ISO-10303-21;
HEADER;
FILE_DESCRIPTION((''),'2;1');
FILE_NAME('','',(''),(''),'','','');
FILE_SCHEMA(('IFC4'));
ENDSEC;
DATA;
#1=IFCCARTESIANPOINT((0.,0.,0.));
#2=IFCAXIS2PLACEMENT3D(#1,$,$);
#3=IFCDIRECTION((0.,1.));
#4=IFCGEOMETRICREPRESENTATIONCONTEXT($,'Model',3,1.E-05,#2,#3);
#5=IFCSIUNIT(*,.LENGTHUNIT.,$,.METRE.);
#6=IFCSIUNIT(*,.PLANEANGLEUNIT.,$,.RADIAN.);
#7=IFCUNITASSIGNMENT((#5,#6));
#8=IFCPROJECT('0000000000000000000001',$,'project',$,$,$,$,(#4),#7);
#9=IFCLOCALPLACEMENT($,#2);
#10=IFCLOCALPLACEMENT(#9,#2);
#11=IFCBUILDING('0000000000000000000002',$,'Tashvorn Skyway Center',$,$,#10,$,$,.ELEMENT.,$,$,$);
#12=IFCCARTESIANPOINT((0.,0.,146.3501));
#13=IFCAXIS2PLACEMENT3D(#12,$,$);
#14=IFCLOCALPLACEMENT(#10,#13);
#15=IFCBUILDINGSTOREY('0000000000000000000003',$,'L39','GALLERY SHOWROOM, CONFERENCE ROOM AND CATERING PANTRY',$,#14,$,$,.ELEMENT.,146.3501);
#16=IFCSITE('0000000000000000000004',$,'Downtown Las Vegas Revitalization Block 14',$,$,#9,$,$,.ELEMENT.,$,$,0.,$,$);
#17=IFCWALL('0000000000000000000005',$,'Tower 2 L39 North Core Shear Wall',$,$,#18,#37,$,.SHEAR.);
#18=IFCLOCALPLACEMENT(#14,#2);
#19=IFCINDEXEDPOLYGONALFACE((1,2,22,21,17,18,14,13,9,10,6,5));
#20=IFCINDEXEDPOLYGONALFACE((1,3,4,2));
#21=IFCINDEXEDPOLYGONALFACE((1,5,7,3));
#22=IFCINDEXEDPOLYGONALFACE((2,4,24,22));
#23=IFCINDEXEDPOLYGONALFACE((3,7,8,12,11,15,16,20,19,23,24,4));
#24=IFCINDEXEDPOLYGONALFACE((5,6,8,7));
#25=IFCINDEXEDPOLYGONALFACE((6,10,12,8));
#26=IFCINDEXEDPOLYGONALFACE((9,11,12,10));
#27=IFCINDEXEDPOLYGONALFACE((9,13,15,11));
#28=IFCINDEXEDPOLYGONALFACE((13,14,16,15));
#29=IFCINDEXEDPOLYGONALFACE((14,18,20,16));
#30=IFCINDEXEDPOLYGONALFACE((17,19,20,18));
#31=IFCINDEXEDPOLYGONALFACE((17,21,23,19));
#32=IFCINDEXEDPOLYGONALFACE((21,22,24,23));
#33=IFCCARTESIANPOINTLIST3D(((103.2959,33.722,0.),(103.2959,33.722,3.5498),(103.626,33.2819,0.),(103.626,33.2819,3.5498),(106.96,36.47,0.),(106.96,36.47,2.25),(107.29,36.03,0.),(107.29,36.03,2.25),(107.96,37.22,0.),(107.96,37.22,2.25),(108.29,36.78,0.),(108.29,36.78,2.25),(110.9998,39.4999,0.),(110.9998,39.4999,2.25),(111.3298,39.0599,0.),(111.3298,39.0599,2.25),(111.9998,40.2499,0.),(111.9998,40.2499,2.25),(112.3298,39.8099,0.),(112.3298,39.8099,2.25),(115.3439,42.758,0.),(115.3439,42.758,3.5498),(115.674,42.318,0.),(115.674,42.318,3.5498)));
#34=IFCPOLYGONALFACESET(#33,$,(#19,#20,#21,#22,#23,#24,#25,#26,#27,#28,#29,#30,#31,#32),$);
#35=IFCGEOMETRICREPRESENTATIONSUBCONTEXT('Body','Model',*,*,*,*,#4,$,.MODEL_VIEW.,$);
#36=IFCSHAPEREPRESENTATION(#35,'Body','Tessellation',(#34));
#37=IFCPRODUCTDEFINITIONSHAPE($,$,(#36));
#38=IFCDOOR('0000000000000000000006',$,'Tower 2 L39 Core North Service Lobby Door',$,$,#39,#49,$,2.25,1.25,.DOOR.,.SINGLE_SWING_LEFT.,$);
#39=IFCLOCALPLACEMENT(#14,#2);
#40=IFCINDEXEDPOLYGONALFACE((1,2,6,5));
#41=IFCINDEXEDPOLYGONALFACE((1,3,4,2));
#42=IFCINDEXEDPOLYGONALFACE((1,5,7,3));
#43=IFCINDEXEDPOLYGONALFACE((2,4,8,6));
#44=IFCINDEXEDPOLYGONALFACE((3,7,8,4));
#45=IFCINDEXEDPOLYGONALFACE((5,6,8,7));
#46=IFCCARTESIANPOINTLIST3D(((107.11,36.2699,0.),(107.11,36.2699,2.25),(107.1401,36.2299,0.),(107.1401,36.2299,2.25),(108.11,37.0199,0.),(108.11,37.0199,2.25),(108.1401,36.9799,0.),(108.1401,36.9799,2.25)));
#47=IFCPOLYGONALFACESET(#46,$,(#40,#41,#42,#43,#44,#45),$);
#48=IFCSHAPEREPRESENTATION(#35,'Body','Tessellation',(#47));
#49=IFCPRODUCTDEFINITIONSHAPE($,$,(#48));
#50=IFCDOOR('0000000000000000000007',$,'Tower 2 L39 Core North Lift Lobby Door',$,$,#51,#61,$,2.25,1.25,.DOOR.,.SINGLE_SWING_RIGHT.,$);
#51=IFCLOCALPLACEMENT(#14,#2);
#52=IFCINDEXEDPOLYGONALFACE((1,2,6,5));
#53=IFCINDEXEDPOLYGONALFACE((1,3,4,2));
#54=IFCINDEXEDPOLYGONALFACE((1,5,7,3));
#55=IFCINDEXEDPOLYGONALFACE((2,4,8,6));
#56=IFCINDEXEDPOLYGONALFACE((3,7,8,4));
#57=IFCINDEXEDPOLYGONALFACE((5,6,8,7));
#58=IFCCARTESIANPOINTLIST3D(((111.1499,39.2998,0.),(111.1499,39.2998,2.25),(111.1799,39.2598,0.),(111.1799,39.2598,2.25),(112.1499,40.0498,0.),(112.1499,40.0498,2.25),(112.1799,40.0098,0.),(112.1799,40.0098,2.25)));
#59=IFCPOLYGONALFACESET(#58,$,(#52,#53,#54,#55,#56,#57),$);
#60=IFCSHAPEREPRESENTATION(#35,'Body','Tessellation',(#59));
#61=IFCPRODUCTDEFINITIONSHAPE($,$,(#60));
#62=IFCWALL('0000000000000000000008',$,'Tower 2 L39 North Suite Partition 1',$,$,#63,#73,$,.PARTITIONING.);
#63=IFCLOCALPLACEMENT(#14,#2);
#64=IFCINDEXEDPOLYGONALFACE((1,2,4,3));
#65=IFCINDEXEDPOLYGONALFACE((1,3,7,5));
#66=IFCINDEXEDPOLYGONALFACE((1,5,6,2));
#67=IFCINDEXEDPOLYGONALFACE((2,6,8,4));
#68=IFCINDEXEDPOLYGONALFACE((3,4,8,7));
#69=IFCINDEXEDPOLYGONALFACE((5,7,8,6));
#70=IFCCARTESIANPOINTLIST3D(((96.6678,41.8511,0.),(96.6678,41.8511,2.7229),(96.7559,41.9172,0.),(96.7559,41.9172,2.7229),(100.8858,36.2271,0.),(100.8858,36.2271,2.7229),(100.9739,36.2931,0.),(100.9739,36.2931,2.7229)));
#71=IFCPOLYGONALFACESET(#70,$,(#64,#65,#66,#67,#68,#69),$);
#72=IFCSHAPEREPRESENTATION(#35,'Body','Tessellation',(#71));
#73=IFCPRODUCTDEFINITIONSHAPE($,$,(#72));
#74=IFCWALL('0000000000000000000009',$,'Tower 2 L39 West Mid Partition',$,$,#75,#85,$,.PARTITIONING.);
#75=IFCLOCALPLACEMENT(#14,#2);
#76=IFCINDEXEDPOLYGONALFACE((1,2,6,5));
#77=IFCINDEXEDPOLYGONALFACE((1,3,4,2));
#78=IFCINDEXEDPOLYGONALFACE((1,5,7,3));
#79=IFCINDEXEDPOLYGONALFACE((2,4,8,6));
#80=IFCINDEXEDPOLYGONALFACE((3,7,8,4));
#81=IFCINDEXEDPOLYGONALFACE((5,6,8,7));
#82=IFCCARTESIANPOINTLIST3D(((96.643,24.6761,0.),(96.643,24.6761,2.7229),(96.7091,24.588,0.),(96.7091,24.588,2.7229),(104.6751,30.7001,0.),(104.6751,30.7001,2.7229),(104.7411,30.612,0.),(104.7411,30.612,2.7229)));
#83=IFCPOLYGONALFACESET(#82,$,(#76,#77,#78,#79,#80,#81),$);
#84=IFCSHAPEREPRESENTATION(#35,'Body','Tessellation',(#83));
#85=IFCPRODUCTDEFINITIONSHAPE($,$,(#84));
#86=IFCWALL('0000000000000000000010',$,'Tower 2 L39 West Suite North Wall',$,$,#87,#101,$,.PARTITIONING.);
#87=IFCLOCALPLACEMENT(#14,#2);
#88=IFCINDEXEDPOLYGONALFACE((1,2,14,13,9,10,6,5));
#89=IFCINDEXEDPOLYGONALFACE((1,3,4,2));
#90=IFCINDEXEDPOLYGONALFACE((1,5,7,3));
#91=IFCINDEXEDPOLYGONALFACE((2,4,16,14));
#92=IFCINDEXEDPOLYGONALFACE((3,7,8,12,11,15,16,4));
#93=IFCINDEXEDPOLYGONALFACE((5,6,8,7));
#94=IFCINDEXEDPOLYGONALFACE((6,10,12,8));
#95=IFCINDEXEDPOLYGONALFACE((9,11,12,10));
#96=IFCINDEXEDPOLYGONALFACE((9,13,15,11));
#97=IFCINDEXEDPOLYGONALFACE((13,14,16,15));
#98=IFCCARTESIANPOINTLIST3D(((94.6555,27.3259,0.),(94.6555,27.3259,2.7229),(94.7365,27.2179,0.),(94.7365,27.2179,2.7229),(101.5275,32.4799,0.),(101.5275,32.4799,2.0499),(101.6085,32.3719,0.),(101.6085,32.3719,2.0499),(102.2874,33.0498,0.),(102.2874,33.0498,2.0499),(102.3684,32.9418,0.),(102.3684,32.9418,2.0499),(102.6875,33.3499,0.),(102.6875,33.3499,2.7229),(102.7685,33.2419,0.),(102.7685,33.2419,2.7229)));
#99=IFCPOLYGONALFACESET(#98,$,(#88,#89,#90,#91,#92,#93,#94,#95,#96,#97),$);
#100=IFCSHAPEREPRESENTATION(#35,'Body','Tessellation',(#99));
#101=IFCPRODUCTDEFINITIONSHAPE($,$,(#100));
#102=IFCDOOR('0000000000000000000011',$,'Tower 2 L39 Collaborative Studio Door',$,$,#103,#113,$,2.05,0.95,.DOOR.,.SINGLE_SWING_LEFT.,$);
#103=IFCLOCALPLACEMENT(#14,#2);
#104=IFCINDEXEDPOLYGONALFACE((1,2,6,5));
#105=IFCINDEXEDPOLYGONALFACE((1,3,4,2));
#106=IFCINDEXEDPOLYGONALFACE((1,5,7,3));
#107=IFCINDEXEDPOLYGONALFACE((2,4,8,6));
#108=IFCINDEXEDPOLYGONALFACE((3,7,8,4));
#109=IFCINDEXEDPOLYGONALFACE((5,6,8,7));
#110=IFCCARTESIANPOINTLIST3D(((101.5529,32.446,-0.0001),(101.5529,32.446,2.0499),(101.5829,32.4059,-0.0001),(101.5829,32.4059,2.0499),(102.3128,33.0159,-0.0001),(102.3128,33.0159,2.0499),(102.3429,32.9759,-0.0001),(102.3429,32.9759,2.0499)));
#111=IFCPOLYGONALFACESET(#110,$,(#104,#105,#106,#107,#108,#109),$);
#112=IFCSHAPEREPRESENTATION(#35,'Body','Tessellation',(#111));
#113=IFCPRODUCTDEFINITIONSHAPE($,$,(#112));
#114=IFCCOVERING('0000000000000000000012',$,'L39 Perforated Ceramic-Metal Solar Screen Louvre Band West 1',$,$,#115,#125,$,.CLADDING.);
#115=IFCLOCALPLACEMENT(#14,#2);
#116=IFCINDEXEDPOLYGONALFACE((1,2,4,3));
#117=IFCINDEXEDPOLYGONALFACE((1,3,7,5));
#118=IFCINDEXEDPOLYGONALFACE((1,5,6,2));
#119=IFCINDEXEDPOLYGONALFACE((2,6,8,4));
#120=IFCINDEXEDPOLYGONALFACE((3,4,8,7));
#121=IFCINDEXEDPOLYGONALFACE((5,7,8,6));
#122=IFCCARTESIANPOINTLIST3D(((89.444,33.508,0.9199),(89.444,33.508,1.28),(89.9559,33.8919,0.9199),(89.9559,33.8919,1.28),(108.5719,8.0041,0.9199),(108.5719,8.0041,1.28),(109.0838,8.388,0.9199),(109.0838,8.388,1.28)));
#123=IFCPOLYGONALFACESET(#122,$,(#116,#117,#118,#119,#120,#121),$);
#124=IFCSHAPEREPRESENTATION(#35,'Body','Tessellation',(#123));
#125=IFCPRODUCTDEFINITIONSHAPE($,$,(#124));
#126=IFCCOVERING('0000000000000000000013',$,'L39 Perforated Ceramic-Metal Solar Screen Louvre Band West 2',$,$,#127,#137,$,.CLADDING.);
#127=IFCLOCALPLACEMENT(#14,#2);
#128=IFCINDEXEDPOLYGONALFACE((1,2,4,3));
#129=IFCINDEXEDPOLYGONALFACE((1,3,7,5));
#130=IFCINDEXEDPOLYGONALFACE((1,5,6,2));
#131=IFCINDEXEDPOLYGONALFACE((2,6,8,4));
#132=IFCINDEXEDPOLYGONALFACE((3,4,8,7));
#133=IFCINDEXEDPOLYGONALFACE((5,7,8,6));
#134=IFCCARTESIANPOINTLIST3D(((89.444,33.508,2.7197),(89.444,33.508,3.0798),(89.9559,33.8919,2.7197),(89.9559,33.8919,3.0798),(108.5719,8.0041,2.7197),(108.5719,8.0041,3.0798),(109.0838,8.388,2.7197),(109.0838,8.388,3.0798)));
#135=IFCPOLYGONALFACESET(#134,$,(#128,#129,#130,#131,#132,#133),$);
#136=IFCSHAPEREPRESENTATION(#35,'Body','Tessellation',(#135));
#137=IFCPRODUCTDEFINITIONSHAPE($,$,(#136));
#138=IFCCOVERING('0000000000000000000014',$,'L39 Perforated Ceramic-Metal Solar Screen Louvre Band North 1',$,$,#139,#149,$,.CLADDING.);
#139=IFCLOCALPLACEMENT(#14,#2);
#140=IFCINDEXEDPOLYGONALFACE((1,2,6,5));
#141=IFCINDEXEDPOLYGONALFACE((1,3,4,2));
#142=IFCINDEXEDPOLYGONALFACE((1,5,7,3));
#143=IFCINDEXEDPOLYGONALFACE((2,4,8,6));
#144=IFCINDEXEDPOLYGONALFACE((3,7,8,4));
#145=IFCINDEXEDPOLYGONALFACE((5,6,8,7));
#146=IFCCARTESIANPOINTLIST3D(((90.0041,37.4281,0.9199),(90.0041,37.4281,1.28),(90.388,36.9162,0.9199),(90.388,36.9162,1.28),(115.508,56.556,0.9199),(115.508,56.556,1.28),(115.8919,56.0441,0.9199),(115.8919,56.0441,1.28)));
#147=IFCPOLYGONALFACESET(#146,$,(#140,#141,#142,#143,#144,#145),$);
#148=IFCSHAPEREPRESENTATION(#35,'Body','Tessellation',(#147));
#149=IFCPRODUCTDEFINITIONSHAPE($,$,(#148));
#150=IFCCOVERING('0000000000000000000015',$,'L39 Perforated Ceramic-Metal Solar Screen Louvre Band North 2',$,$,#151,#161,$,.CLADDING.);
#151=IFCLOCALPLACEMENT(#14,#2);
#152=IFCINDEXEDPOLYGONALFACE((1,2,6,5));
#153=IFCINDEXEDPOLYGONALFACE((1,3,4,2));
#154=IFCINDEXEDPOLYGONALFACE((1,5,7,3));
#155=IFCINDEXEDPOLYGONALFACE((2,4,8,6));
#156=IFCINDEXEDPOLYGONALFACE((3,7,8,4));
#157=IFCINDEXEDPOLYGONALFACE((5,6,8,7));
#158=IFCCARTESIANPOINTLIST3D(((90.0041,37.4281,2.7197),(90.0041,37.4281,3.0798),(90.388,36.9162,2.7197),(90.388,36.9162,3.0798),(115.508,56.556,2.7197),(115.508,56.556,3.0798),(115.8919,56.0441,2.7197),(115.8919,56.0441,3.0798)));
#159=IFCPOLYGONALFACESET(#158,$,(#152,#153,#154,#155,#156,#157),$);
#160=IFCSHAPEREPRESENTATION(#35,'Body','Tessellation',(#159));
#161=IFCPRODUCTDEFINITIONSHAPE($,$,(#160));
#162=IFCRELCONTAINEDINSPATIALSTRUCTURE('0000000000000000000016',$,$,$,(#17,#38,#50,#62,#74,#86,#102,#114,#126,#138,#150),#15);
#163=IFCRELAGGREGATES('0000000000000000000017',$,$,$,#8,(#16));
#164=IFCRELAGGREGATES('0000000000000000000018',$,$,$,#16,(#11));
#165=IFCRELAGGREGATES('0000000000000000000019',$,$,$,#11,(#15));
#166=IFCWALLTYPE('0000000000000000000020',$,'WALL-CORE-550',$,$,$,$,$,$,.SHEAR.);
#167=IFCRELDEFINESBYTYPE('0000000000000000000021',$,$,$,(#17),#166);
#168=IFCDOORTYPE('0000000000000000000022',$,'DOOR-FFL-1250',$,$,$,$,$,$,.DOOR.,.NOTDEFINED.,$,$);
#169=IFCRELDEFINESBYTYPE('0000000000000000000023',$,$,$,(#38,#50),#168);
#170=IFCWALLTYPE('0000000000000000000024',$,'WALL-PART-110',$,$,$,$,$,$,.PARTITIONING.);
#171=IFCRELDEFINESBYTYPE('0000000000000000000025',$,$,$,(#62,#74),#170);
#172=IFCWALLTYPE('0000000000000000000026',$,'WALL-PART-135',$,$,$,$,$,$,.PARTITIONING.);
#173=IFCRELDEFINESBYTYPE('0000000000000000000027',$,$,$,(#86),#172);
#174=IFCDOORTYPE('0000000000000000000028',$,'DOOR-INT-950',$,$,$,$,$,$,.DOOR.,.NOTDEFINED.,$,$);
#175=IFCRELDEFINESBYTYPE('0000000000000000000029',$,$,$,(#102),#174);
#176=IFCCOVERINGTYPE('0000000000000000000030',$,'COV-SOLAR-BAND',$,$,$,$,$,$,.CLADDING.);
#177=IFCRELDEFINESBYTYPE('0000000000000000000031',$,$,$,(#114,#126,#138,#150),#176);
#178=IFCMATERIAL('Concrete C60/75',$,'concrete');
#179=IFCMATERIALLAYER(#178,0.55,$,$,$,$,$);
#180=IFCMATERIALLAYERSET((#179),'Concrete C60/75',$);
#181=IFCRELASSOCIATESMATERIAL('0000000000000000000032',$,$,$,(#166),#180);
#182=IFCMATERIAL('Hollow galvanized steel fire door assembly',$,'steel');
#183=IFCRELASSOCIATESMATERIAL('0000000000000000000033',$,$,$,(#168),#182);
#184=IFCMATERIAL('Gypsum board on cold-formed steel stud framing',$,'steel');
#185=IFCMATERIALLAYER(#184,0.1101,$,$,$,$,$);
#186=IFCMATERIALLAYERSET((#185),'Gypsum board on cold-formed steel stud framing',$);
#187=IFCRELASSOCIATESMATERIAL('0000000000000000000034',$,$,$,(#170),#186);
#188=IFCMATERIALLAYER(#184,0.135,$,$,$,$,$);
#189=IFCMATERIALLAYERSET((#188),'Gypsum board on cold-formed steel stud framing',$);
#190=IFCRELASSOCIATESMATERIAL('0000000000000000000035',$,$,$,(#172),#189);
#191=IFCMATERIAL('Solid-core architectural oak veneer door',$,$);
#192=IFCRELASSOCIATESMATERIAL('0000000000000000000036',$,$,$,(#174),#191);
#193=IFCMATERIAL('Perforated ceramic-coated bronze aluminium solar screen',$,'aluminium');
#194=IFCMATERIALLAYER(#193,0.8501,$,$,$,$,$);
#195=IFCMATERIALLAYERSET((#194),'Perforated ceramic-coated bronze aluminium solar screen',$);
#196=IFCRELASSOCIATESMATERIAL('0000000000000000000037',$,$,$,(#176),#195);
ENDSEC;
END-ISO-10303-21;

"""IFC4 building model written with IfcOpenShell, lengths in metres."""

from ifc_helpers import new_model, si_unit, direction, frame, frame_2d, origin, origin_2d, place, context, subcontext, project, spatial, rectangle, extrude, material, layer, layer_set, type_object, element, fill, save


model = new_model("IFC4")

# Units and contexts
model_context = context("Model", 3, precision=1e-05, world=origin(), true_north=direction((0.0, 1.0)))
body_context = subcontext(model_context, "Body", "Model", "MODEL_VIEW")
ifc_project = project(units=[si_unit("LENGTHUNIT", "METRE"), si_unit("PLANEANGLEUNIT", "RADIAN")], contexts=[model_context])

# Site, building, storey
site_placement = place(None, origin())
site = spatial("IfcSite", under=ifc_project, at=site_placement, Name="Downtown Las Vegas Revitalization Block 14", CompositionType="ELEMENT", RefElevation=0.0)
building_placement = place(site_placement, origin())
building = spatial("IfcBuilding", under=site, at=building_placement, Name="Tashvorn Skyway Center", CompositionType="ELEMENT")
storey_placement = place(building_placement, frame((0.0, 0.0, 146.3501)))
storey = spatial("IfcBuildingStorey", under=building, at=storey_placement, Name="L39", Description="GALLERY SHOWROOM, CONFERENCE ROOM AND CATERING PANTRY", CompositionType="ELEMENT", Elevation=146.3501)

# Wall, openings, doors
ifc_material_1 = material(Name="Concrete C60/75", Category="concrete")
ifc_layer_1 = layer(ifc_material_1, 0.55)
ifc_layer_set_1 = layer_set([ifc_layer_1], Name="Concrete C60/75")
wall_type_1 = type_object("IfcWallType", Name="WALL-CORE-550", PredefinedType="SHEAR", material=ifc_layer_set_1)
wall_1_placement = place(storey_placement, frame((103.4609, 33.502, 0.0), z_axis=(0.0, 0.0, 1.0), x_axis=(0.799998, 0.600003, 0.0)))
wall_1 = element("IfcWall", 1, at=wall_1_placement, inside=storey, type_object=wall_type_1, Name="Tower 2 L39 North Core Shear Wall", PredefinedType="SHEAR", context=body_context, shape_type="SweptSolid", body=[
    extrude(rectangle(XDim=15.0601, YDim=0.55, at=frame_2d((7.53, 0.0))), origin(), (0.0, 0.0, 1.0), 3.5498),
])
opening_1_placement = place(wall_1_placement, frame((4.5801, 0.0, 0.0)))
opening_1 = element("IfcOpeningElement", 2, at=opening_1_placement, cuts=wall_1, PredefinedType="OPENING", context=body_context, shape_type="SweptSolid", body=[
    extrude(rectangle(XDim=1.25, YDim=2.25, at=frame_2d((0.625, 1.125))), frame((0.0, 0.2849, 0.0), z_axis=(0.0, -1.0, 0.0), x_axis=(1.0, 0.0, 0.0)), (0.0, 0.0, 1.0), 0.5701),
])
opening_2_placement = place(wall_1_placement, frame((9.6299, 0.0, 0.0)))
opening_2 = element("IfcOpeningElement", 3, at=opening_2_placement, cuts=wall_1, PredefinedType="OPENING", context=body_context, shape_type="SweptSolid", body=[
    extrude(rectangle(XDim=1.25, YDim=2.25, at=frame_2d((0.625, 1.125))), frame((0.0, 0.2849, 0.0), z_axis=(0.0, -1.0, 0.0), x_axis=(1.0, 0.0, 0.0)), (0.0, 0.0, 1.0), 0.5701),
])
ifc_material_2 = material(Name="Hollow galvanized steel fire door assembly", Category="steel")
door_type_1 = type_object("IfcDoorType", Name="DOOR-FFL-1250", OperationType="NOTDEFINED", PredefinedType="DOOR", material=ifc_material_2)
door_1_placement = place(opening_1_placement, origin())
door_1 = element("IfcDoor", 4, at=door_1_placement, inside=storey, type_object=door_type_1, Name="Tower 2 L39 Core North Service Lobby Door", OperationType="SINGLE_SWING_LEFT", OverallHeight=2.25, OverallWidth=1.25, PredefinedType="DOOR", context=body_context, shape_type="SweptSolid", body=[
    extrude(rectangle(XDim=1.25, YDim=2.25, at=frame_2d((0.625, 1.125))), frame((0.0, 0.0249, 0.0), z_axis=(0.0, -1.0, 0.0), x_axis=(1.0, 0.0, 0.0)), (0.0, 0.0, 1.0), 0.05),
])
fill(opening_1, door_1)
door_2_placement = place(opening_2_placement, origin())
door_2 = element("IfcDoor", 5, at=door_2_placement, inside=storey, type_object=door_type_1, Name="Tower 2 L39 Core North Lift Lobby Door", OperationType="SINGLE_SWING_RIGHT", OverallHeight=2.25, OverallWidth=1.25, PredefinedType="DOOR", context=body_context, shape_type="SweptSolid", body=[
    extrude(rectangle(XDim=1.25, YDim=2.25, at=frame_2d((0.625, 1.125))), frame((0.0, 0.0249, 0.0), z_axis=(0.0, -1.0, 0.0), x_axis=(1.0, 0.0, 0.0)), (0.0, 0.0, 1.0), 0.05),
])
fill(opening_2, door_2)

# Walls
ifc_material_3 = material(Name="Gypsum board on cold-formed steel stud framing", Category="steel")
ifc_layer_2 = layer(ifc_material_3, 0.1101)
ifc_layer_set_2 = layer_set([ifc_layer_2], Name="Gypsum board on cold-formed steel stud framing")
wall_type_2 = type_object("IfcWallType", Name="WALL-PART-110", PredefinedType="PARTITIONING", material=ifc_layer_set_2)
wall_2_placement = place(storey_placement, frame((100.9299, 36.26, 0.0), z_axis=(0.0, 0.0, 1.0), x_axis=(-0.6, 0.8, 0.0)))
element("IfcWall", 6, at=wall_2_placement, inside=storey, type_object=wall_type_2, Name="Tower 2 L39 North Suite Partition 1", PredefinedType="PARTITIONING", context=body_context, shape_type="SweptSolid", body=[
    extrude(rectangle(XDim=7.03, YDim=0.1101, at=frame_2d((3.5151, 0.0))), origin(), (0.0, 0.0, 1.0), 2.7229),
])
wall_3_placement = place(storey_placement, frame((96.676, 24.6321, 0.0), z_axis=(0.0, 0.0, 1.0), x_axis=(0.800003, 0.599996, 0.0)))
element("IfcWall", 7, at=wall_3_placement, inside=storey, type_object=wall_type_2, Name="Tower 2 L39 West Mid Partition", PredefinedType="PARTITIONING", context=body_context, shape_type="SweptSolid", body=[
    extrude(rectangle(XDim=10.04, YDim=0.1101, at=frame_2d((5.02, 0.0))), origin(), (0.0, 0.0, 1.0), 2.7229),
])

# Wall, opening, door
ifc_layer_3 = layer(ifc_material_3, 0.135)
ifc_layer_set_3 = layer_set([ifc_layer_3], Name="Gypsum board on cold-formed steel stud framing")
wall_type_3 = type_object("IfcWallType", Name="WALL-PART-135", PredefinedType="PARTITIONING", material=ifc_layer_set_3)
wall_4_placement = place(storey_placement, frame((102.728, 33.2959, 0.0), z_axis=(0.0, 0.0, 1.0), x_axis=(-0.800003, -0.599996, 0.0)))
wall_4 = element("IfcWall", 8, at=wall_4_placement, inside=storey, type_object=wall_type_3, Name="Tower 2 L39 West Suite North Wall", PredefinedType="PARTITIONING", context=body_context, shape_type="SweptSolid", body=[
    extrude(rectangle(XDim=10.04, YDim=0.135, at=frame_2d((5.02, 0.0))), origin(), (0.0, 0.0, 1.0), 2.7229),
])
opening_3_placement = place(wall_4_placement, frame((0.5, 0.0, 0.0)))
opening_3 = element("IfcOpeningElement", 9, at=opening_3_placement, cuts=wall_4, PredefinedType="OPENING", context=body_context, shape_type="SweptSolid", body=[
    extrude(rectangle(XDim=0.95, YDim=2.05, at=frame_2d((0.4751, 1.0249))), frame((0.0, 0.0774, 0.0), z_axis=(0.0, -1.0, 0.0), x_axis=(1.0, 0.0, 0.0)), (0.0, 0.0, 1.0), 0.155),
])
ifc_material_4 = material(Name="Solid-core architectural oak veneer door")
door_type_2 = type_object("IfcDoorType", Name="DOOR-INT-950", OperationType="NOTDEFINED", PredefinedType="DOOR", material=ifc_material_4)
door_3_placement = place(opening_3_placement, origin())
door_3 = element("IfcDoor", 10, at=door_3_placement, inside=storey, type_object=door_type_2, Name="Tower 2 L39 Collaborative Studio Door", OperationType="SINGLE_SWING_LEFT", OverallHeight=2.05, OverallWidth=0.95, PredefinedType="DOOR", context=body_context, shape_type="SweptSolid", body=[
    extrude(rectangle(XDim=0.95, YDim=2.05, at=frame_2d((0.4751, 1.0249))), frame((0.0, 0.0249, 0.0), z_axis=(0.0, -1.0, 0.0), x_axis=(1.0, 0.0, 0.0)), (0.0, 0.0, 1.0), 0.05),
])
fill(opening_3, door_3)

# Coverings
ifc_material_5 = material(Name="Perforated ceramic-coated bronze aluminium solar screen", Category="aluminium")
ifc_layer_4 = layer(ifc_material_5, 0.8501)
ifc_layer_set_4 = layer_set([ifc_layer_4], Name="Perforated ceramic-coated bronze aluminium solar screen")
covering_type = type_object("IfcCoveringType", Name="COV-SOLAR-BAND", PredefinedType="CLADDING", material=ifc_layer_set_4)
for number, where, z_axis, x_axis, name in (
    (11, (99.2639, 20.948, 0.9199), (0.0, 0.0, 1.0), (-0.6, 0.8, 0.0), "L39 Perforated Ceramic-Metal Solar Screen Louvre Band West 1"),
    (12, (99.2639, 20.948, 2.7197), (0.0, 0.0, 1.0), (-0.6, 0.8, 0.0), "L39 Perforated Ceramic-Metal Solar Screen Louvre Band West 2"),
    (13, (102.948, 46.7361, 0.9199), (0.0, 0.0, 1.0), (0.8, 0.6, 0.0), "L39 Perforated Ceramic-Metal Solar Screen Louvre Band North 1"),
    (14, (102.948, 46.7361, 2.7197), (0.0, 0.0, 1.0), (0.8, 0.6, 0.0), "L39 Perforated Ceramic-Metal Solar Screen Louvre Band North 2"),
):
    element("IfcCovering", number, at=place(storey_placement, frame(where, z_axis=z_axis, x_axis=x_axis)), inside=storey, type_object=covering_type, Name=name, PredefinedType="CLADDING", context=body_context, shape_type="SweptSolid", body=[
        extrude(rectangle(XDim=31.8799, YDim=0.6399, at=origin_2d()), origin(), (0.0, 0.0, 1.0), 0.3601),
    ])

save(model, "model.ifc")
